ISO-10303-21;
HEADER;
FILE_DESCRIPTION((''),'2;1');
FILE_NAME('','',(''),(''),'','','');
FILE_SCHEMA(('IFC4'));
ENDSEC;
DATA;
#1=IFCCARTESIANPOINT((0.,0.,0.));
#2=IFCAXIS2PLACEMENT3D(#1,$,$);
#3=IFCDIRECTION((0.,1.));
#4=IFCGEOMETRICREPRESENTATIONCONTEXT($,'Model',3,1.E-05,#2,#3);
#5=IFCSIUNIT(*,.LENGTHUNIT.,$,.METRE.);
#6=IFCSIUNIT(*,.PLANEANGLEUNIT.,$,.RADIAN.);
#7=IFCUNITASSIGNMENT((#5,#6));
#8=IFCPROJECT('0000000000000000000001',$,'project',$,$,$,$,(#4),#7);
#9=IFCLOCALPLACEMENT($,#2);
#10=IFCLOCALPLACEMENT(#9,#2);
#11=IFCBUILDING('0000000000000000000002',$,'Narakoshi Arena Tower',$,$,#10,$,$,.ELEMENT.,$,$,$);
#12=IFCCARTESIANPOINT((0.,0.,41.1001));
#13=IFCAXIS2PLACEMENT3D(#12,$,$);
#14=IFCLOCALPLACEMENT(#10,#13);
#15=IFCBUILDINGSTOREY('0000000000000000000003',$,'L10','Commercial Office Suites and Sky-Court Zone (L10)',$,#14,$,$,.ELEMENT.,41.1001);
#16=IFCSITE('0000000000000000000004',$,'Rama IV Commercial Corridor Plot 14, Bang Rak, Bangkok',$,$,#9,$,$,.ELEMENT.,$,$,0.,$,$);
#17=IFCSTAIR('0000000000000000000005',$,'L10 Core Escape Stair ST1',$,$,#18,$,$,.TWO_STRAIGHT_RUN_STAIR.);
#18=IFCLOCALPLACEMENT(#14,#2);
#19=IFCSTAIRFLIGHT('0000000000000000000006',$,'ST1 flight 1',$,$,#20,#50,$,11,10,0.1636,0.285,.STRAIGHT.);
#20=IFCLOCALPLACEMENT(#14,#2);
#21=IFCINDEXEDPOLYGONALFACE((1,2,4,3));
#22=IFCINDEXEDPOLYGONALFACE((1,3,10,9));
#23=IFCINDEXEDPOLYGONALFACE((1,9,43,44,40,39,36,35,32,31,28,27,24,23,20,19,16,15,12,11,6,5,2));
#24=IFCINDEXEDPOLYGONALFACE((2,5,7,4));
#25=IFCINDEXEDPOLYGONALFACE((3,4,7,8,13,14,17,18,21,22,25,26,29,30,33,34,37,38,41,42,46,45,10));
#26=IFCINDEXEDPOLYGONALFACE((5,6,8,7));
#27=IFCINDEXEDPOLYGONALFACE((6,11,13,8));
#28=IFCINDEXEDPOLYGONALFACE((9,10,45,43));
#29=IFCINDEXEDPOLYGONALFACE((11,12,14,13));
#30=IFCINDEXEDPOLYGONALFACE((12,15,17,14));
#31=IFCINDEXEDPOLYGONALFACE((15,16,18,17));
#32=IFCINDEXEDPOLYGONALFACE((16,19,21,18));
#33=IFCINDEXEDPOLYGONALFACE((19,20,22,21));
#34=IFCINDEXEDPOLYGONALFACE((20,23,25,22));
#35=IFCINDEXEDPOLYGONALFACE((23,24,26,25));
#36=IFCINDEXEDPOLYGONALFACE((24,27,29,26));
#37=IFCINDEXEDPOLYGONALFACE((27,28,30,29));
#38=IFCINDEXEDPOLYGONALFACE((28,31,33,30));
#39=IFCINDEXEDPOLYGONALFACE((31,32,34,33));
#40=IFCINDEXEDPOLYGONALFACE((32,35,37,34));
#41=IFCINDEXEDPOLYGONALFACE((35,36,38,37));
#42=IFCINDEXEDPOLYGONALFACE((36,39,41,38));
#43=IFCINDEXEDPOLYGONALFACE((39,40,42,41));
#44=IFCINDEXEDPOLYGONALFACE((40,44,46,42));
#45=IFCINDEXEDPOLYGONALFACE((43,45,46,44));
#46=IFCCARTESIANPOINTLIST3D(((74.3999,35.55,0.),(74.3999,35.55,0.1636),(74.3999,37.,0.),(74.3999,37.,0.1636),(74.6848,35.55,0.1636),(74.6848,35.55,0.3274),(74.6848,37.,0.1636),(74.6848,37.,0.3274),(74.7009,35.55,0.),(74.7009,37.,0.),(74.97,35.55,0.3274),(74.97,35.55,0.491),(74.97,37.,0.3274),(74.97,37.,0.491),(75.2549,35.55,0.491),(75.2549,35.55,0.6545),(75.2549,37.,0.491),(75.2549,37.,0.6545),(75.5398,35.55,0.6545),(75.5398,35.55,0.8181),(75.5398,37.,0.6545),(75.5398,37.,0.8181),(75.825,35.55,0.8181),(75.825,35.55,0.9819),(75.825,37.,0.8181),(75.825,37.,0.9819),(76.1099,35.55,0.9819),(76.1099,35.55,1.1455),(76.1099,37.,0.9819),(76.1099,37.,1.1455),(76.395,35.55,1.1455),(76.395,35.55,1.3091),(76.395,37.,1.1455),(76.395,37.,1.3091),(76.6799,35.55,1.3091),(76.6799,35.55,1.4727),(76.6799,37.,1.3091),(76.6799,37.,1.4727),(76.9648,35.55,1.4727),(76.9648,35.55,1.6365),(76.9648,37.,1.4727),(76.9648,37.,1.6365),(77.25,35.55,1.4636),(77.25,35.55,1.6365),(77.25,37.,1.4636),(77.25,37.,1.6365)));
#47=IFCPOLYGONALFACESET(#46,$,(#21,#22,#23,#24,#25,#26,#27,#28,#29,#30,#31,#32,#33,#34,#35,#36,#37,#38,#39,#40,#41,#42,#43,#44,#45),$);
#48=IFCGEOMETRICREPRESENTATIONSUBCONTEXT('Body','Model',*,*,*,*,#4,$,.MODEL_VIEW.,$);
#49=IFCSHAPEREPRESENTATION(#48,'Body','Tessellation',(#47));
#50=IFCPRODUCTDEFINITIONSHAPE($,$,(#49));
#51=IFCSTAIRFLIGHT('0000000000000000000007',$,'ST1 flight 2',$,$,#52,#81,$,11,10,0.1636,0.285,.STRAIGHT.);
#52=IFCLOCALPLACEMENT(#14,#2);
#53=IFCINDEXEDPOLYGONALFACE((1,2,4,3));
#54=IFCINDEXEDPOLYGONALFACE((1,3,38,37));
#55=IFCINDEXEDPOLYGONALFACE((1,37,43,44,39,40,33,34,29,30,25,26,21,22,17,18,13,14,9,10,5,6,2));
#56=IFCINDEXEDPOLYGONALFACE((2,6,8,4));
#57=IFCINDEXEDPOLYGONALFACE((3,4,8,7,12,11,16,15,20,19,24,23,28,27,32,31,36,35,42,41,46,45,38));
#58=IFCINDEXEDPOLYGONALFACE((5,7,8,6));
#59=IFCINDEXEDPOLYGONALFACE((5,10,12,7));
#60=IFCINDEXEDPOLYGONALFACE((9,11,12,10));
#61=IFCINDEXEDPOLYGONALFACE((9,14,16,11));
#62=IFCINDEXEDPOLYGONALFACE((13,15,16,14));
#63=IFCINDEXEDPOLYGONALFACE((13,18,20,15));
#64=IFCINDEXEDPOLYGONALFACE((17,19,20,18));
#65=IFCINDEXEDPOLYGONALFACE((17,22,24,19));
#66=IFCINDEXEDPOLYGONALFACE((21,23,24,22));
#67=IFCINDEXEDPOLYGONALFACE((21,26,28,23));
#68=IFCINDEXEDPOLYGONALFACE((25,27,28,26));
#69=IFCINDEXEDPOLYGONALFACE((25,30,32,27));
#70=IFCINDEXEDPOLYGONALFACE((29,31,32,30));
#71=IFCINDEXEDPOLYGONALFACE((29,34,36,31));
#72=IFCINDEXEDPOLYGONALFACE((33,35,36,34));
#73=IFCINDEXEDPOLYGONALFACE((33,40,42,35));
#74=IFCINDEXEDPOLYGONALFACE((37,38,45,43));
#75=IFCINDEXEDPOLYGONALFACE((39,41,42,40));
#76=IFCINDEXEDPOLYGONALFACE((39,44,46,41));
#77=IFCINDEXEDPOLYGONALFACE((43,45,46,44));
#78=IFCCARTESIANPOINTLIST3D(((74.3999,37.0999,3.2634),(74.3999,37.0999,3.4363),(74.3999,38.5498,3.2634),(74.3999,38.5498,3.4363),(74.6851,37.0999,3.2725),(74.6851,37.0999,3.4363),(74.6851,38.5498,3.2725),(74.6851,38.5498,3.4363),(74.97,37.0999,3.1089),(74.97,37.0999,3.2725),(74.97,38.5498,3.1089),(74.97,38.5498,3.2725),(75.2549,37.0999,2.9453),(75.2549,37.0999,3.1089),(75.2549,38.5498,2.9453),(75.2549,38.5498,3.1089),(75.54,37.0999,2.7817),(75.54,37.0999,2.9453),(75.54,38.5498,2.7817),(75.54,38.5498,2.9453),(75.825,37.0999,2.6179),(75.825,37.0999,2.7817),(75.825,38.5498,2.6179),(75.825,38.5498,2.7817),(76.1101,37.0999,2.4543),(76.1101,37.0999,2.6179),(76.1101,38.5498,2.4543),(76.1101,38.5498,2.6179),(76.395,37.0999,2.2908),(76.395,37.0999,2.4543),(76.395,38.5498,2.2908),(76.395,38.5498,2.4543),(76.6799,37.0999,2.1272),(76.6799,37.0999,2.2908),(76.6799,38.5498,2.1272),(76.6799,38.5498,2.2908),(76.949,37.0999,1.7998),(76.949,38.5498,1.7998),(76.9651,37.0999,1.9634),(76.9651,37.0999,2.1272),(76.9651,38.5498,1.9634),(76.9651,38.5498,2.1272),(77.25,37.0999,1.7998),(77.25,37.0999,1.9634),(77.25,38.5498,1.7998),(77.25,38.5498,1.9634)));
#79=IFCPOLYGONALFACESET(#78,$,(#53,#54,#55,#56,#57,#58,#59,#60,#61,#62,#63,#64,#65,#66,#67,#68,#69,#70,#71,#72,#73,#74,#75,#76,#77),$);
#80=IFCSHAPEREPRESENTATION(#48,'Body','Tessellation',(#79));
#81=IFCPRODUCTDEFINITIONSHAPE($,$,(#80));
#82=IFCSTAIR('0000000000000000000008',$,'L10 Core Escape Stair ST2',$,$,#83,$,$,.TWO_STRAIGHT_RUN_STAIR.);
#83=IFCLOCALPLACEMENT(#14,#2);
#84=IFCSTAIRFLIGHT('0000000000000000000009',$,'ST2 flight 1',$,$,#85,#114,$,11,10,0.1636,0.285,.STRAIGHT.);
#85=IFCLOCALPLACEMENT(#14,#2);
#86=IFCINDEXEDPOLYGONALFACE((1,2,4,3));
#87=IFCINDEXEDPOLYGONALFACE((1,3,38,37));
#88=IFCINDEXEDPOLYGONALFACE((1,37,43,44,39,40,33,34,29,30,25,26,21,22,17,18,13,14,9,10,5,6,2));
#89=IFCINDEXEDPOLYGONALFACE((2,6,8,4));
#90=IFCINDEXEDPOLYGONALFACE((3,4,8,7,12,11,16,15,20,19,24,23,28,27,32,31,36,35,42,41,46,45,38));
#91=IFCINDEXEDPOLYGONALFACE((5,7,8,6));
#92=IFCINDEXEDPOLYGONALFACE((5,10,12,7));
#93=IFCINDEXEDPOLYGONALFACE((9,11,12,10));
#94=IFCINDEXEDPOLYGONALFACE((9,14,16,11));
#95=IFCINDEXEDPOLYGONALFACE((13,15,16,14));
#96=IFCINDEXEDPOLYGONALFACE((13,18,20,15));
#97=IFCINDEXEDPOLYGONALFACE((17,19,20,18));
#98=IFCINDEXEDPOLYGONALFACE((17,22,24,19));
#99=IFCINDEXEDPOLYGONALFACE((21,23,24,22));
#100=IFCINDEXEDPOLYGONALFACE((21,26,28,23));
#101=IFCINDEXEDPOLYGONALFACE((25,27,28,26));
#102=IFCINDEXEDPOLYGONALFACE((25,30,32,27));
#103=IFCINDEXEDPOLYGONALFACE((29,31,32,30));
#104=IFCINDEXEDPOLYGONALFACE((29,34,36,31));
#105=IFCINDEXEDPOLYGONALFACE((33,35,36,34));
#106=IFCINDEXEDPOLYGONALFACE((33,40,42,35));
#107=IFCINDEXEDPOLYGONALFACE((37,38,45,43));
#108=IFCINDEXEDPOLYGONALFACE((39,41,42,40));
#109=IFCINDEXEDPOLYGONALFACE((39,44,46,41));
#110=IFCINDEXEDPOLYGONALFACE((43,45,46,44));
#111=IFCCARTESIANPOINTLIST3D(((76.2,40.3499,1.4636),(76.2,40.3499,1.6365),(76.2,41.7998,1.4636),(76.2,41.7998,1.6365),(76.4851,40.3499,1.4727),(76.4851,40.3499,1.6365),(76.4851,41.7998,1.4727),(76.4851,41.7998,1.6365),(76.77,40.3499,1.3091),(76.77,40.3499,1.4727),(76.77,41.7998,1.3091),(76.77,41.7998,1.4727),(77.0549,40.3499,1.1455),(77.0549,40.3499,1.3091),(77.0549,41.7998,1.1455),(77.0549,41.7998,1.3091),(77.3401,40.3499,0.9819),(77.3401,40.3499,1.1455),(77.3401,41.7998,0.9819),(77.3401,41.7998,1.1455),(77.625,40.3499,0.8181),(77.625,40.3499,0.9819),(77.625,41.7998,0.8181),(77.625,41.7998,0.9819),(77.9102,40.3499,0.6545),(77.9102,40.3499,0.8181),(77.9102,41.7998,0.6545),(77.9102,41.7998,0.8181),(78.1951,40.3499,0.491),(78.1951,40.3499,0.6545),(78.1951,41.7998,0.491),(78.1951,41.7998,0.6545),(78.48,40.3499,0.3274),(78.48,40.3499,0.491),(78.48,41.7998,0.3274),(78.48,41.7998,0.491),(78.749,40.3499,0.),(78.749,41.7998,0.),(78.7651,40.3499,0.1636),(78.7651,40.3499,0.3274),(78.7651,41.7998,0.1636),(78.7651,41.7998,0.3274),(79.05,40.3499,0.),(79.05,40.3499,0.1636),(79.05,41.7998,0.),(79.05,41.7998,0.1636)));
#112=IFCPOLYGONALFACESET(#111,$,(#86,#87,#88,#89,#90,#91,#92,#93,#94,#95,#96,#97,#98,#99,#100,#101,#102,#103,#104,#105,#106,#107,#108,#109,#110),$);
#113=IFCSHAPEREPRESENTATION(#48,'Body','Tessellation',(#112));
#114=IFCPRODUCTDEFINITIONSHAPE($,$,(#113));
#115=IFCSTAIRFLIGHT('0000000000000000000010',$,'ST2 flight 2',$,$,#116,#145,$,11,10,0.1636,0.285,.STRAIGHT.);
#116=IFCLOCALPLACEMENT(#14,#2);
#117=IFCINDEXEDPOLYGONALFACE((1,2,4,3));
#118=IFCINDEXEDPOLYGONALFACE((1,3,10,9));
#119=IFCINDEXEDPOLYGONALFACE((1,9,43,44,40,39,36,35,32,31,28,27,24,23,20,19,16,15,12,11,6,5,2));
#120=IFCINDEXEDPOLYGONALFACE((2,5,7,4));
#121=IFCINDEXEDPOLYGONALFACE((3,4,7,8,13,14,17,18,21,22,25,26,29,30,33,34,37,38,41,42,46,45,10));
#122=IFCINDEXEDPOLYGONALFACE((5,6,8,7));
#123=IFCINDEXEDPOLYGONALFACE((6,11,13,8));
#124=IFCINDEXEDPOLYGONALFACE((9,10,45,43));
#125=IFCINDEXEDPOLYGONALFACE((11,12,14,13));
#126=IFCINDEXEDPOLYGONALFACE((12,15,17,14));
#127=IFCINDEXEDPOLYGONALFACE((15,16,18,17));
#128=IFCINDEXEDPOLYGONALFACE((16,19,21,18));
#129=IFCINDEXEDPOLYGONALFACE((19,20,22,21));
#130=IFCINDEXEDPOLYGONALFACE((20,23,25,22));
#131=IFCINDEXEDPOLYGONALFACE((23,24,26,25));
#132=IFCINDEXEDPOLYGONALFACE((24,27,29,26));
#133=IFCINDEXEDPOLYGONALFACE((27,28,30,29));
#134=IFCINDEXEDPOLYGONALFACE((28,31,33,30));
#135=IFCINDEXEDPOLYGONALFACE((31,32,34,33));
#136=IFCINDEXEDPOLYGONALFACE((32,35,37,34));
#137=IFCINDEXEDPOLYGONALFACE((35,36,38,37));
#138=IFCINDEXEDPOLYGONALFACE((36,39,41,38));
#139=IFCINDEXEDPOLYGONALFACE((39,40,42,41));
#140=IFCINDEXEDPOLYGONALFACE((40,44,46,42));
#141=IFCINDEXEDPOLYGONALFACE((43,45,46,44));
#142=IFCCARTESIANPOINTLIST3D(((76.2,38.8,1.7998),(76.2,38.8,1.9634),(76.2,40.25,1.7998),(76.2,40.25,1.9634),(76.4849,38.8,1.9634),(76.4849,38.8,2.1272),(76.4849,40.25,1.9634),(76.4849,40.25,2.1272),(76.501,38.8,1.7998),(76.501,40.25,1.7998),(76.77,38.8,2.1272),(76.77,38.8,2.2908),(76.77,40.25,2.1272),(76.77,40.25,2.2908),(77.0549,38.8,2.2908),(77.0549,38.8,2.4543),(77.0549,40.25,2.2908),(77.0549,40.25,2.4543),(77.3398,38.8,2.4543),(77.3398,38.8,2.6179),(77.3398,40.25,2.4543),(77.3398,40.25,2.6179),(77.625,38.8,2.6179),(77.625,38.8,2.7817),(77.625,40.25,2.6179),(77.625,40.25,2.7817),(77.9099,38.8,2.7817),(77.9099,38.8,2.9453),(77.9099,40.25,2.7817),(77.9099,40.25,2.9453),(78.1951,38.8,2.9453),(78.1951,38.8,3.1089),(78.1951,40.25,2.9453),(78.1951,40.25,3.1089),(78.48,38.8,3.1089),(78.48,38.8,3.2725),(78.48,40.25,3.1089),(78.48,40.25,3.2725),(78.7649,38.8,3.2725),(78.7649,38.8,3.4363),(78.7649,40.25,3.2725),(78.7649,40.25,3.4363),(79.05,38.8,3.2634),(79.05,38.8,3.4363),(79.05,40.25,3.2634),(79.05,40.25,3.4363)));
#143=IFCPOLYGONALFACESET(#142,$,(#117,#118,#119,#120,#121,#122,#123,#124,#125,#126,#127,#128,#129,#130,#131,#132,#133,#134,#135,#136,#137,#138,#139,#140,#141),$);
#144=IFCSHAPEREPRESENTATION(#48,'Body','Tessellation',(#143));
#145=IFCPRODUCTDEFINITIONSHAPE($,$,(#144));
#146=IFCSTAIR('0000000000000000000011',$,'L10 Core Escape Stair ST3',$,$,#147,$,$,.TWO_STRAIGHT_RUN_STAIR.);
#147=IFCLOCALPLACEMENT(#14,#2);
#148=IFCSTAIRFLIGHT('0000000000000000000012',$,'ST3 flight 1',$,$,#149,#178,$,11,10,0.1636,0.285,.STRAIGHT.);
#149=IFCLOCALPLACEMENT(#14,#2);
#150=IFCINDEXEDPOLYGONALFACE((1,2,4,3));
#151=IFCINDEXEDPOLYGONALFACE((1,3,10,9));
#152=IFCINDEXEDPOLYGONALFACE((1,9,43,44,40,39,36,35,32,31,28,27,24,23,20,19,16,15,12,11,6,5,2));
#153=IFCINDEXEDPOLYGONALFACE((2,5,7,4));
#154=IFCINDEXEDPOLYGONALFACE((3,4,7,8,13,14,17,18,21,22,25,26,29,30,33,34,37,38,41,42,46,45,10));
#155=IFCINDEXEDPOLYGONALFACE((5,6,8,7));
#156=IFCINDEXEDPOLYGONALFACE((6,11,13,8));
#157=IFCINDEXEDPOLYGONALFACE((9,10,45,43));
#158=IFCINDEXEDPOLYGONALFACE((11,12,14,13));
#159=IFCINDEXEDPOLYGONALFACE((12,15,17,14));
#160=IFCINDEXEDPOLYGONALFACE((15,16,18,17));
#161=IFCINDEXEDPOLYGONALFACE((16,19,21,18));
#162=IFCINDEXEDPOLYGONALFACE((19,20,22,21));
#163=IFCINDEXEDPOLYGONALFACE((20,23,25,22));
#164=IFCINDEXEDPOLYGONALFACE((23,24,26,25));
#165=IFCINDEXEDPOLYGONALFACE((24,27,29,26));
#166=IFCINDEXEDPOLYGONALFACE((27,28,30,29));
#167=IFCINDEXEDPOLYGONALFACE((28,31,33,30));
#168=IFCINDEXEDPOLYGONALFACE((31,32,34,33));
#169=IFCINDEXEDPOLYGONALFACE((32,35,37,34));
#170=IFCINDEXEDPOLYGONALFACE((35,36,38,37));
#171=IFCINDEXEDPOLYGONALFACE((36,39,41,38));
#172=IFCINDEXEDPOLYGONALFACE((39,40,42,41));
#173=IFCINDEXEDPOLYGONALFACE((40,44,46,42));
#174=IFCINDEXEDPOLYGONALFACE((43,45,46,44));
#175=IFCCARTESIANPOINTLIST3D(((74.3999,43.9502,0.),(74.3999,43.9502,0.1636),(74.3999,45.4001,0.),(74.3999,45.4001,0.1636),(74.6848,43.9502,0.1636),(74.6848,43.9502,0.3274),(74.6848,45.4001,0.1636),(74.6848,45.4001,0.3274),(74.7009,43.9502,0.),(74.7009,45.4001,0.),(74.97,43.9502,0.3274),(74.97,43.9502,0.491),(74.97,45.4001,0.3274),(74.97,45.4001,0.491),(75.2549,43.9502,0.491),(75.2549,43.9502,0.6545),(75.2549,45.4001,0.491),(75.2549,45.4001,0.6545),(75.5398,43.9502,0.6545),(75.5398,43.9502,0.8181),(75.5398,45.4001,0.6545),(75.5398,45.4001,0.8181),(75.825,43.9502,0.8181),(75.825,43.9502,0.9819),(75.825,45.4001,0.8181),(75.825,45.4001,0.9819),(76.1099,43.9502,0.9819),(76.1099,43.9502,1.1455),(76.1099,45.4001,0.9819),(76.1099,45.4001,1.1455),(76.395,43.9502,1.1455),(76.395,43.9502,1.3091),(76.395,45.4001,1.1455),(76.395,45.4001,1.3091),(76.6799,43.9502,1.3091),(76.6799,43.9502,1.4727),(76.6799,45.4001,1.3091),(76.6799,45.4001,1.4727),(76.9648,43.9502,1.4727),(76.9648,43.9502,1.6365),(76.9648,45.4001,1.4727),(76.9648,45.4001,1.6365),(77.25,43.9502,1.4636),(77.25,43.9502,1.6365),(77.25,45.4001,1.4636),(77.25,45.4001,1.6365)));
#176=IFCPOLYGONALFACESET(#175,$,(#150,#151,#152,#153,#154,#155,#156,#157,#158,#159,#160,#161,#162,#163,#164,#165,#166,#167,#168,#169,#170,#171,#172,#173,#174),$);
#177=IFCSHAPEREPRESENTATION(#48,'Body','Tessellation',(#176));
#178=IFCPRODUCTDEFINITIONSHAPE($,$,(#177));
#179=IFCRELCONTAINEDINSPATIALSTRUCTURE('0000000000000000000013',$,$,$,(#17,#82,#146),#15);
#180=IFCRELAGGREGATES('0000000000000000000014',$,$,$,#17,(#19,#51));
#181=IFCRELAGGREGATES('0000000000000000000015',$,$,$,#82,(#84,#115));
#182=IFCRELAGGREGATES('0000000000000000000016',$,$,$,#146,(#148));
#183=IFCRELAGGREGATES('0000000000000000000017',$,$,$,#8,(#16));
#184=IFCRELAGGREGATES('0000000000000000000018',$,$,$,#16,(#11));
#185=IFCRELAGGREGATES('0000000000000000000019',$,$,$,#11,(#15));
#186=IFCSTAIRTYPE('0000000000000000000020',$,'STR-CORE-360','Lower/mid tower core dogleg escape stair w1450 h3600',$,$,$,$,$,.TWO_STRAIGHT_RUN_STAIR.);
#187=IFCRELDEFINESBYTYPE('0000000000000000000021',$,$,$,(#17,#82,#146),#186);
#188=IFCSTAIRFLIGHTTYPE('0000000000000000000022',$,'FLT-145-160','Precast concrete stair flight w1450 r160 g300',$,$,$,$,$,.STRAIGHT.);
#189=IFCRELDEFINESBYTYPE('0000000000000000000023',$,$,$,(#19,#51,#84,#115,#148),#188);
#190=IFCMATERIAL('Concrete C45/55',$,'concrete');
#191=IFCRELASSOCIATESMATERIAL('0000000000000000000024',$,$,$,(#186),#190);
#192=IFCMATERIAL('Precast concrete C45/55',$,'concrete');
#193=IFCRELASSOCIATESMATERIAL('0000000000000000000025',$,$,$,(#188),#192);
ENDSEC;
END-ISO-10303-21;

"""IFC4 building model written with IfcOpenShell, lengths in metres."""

from ifc_helpers import new_model, si_unit, direction, frame, origin, place, context, subcontext, project, spatial, polyline, outline, extrude, material, type_object, element, aggregate, save


model = new_model("IFC4")

# Units and contexts
model_context = context("Model", 3, precision=1e-05, world=origin(), true_north=direction((0.0, 1.0)))
body_context = subcontext(model_context, "Body", "Model", "MODEL_VIEW")
ifc_project = project(units=[si_unit("LENGTHUNIT", "METRE"), si_unit("PLANEANGLEUNIT", "RADIAN")], contexts=[model_context])

# Site, building, storey
site_placement = place(None, origin())
site = spatial("IfcSite", under=ifc_project, at=site_placement, Name="Rama IV Commercial Corridor Plot 14, Bang Rak, Bangkok", CompositionType="ELEMENT", RefElevation=0.0)
building_placement = place(site_placement, origin())
building = spatial("IfcBuilding", under=site, at=building_placement, Name="Narakoshi Arena Tower", CompositionType="ELEMENT")
storey_placement = place(building_placement, frame((0.0, 0.0, 41.1001)))
storey = spatial("IfcBuildingStorey", under=building, at=storey_placement, Name="L10", Description="Commercial Office Suites and Sky-Court Zone (L10)", CompositionType="ELEMENT", Elevation=41.1001)

# Stairs, stair flights
ifc_material_1 = material(Name="Concrete C45/55", Category="concrete")
stair_type = type_object("IfcStairType", Name="STR-CORE-360", Description="Lower/mid tower core dogleg escape stair w1450 h3600", PredefinedType="TWO_STRAIGHT_RUN_STAIR", material=ifc_material_1)
stair_1_placement = place(storey_placement, origin())
stair_1 = element("IfcStair", 1, at=stair_1_placement, inside=storey, type_object=stair_type, Name="L10 Core Escape Stair ST1", PredefinedType="TWO_STRAIGHT_RUN_STAIR")
ifc_material_2 = material(Name="Precast concrete C45/55", Category="concrete")
stair_flight_type = type_object("IfcStairFlightType", Name="FLT-145-160", Description="Precast concrete stair flight w1450 r160 g300", PredefinedType="STRAIGHT", material=ifc_material_2)
stair_flight_1_placement = place(storey_placement, frame((74.3999, 36.2749, 0.0), z_axis=(0.0, 0.0, 1.0), x_axis=(1.0, 0.0, 0.0)))
stair_flight_1 = element("IfcStairFlight", 2, at=stair_flight_1_placement, type_object=stair_flight_type, Name="ST1 flight 1", NumberOfRisers=11, NumberOfTreads=10, PredefinedType="STRAIGHT", RiserHeight=0.1636, TreadLength=0.285, context=body_context, shape_type="SweptSolid", body=[
    extrude(outline(polyline([(0.0, 0.0), (0.0, 0.1636), (0.2849, 0.1636), (0.2849, 0.3274), (0.5701, 0.3274), (0.5701, 0.491), (0.855, 0.491), (0.855, 0.6545), (1.1399, 0.6545), (1.1399, 0.8181), (1.425, 0.8181), (1.425, 0.9819), (1.71, 0.9819), (1.71, 1.1455), (1.9951, 1.1455), (1.9951, 1.3091), (2.28, 1.3091), (2.28, 1.4727), (2.5649, 1.4727), (2.5649, 1.6365), (2.8501, 1.6365), (2.8501, 1.8), (2.8501, 1.4636), (0.301, 0.0), (0.0, 0.0)])), frame((0.0, 0.7251, 0.0), z_axis=(0.0, -1.0, 0.0), x_axis=(1.0, 0.0, 0.0)), (0.0, 0.0, 1.0), 1.45),
])
stair_flight_2_placement = place(storey_placement, frame((77.25, 37.825, 1.7998), z_axis=(0.0, 0.0, 1.0), x_axis=(-1.0, 0.0, 0.0)))
stair_flight_2 = element("IfcStairFlight", 3, at=stair_flight_2_placement, type_object=stair_flight_type, Name="ST1 flight 2", NumberOfRisers=11, NumberOfTreads=10, PredefinedType="STRAIGHT", RiserHeight=0.1636, TreadLength=0.285, context=body_context, shape_type="SweptSolid", body=[
    extrude(outline(polyline([(0.0, 0.0), (0.0, 0.1636), (0.2849, 0.1636), (0.2849, 0.3274), (0.5701, 0.3274), (0.5701, 0.491), (0.855, 0.491), (0.855, 0.6545), (1.1399, 0.6545), (1.1399, 0.8181), (1.425, 0.8181), (1.425, 0.9819), (1.71, 0.9819), (1.71, 1.1455), (1.9951, 1.1455), (1.9951, 1.3091), (2.28, 1.3091), (2.28, 1.4727), (2.5649, 1.4727), (2.5649, 1.6365), (2.8501, 1.6365), (2.8501, 1.8), (2.8501, 1.4636), (0.301, 0.0), (0.0, 0.0)])), frame((0.0, 0.7251, 0.0), z_axis=(0.0, -1.0, 0.0), x_axis=(1.0, 0.0, 0.0)), (0.0, 0.0, 1.0), 1.45),
])
aggregate(stair_1, [stair_flight_1, stair_flight_2])
stair_2_placement = place(storey_placement, origin())
stair_2 = element("IfcStair", 4, at=stair_2_placement, inside=storey, type_object=stair_type, Name="L10 Core Escape Stair ST2", PredefinedType="TWO_STRAIGHT_RUN_STAIR")
stair_flight_3_placement = place(storey_placement, frame((79.05, 41.075, 0.0), z_axis=(0.0, 0.0, 1.0), x_axis=(-1.0, 0.0, 0.0)))
stair_flight_3 = element("IfcStairFlight", 5, at=stair_flight_3_placement, type_object=stair_flight_type, Name="ST2 flight 1", NumberOfRisers=11, NumberOfTreads=10, PredefinedType="STRAIGHT", RiserHeight=0.1636, TreadLength=0.285, context=body_context, shape_type="SweptSolid", body=[
    extrude(outline(polyline([(0.0, 0.0), (0.0, 0.1636), (0.2849, 0.1636), (0.2849, 0.3274), (0.5701, 0.3274), (0.5701, 0.491), (0.855, 0.491), (0.855, 0.6545), (1.1399, 0.6545), (1.1399, 0.8181), (1.425, 0.8181), (1.425, 0.9819), (1.71, 0.9819), (1.71, 1.1455), (1.9951, 1.1455), (1.9951, 1.3091), (2.28, 1.3091), (2.28, 1.4727), (2.5649, 1.4727), (2.5649, 1.6365), (2.8501, 1.6365), (2.8501, 1.8), (2.8501, 1.4636), (0.301, 0.0), (0.0, 0.0)])), frame((0.0, 0.7251, 0.0), z_axis=(0.0, -1.0, 0.0), x_axis=(1.0, 0.0, 0.0)), (0.0, 0.0, 1.0), 1.45),
])
stair_flight_4_placement = place(storey_placement, frame((76.2, 39.5249, 1.7998), z_axis=(0.0, 0.0, 1.0), x_axis=(1.0, 0.0, 0.0)))
stair_flight_4 = element("IfcStairFlight", 6, at=stair_flight_4_placement, type_object=stair_flight_type, Name="ST2 flight 2", NumberOfRisers=11, NumberOfTreads=10, PredefinedType="STRAIGHT", RiserHeight=0.1636, TreadLength=0.285, context=body_context, shape_type="SweptSolid", body=[
    extrude(outline(polyline([(0.0, 0.0), (0.0, 0.1636), (0.2849, 0.1636), (0.2849, 0.3274), (0.5701, 0.3274), (0.5701, 0.491), (0.855, 0.491), (0.855, 0.6545), (1.1399, 0.6545), (1.1399, 0.8181), (1.425, 0.8181), (1.425, 0.9819), (1.71, 0.9819), (1.71, 1.1455), (1.9951, 1.1455), (1.9951, 1.3091), (2.28, 1.3091), (2.28, 1.4727), (2.5649, 1.4727), (2.5649, 1.6365), (2.8501, 1.6365), (2.8501, 1.8), (2.8501, 1.4636), (0.301, 0.0), (0.0, 0.0)])), frame((0.0, 0.7251, 0.0), z_axis=(0.0, -1.0, 0.0), x_axis=(1.0, 0.0, 0.0)), (0.0, 0.0, 1.0), 1.45),
])
aggregate(stair_2, [stair_flight_3, stair_flight_4])
stair_3_placement = place(storey_placement, origin())
stair_3 = element("IfcStair", 7, at=stair_3_placement, inside=storey, type_object=stair_type, Name="L10 Core Escape Stair ST3", PredefinedType="TWO_STRAIGHT_RUN_STAIR")
stair_flight_5_placement = place(storey_placement, frame((74.3999, 44.675, 0.0), z_axis=(0.0, 0.0, 1.0), x_axis=(1.0, 0.0, 0.0)))
stair_flight_5 = element("IfcStairFlight", 8, at=stair_flight_5_placement, type_object=stair_flight_type, Name="ST3 flight 1", NumberOfRisers=11, NumberOfTreads=10, PredefinedType="STRAIGHT", RiserHeight=0.1636, TreadLength=0.285, context=body_context, shape_type="SweptSolid", body=[
    extrude(outline(polyline([(0.0, 0.0), (0.0, 0.1636), (0.2849, 0.1636), (0.2849, 0.3274), (0.5701, 0.3274), (0.5701, 0.491), (0.855, 0.491), (0.855, 0.6545), (1.1399, 0.6545), (1.1399, 0.8181), (1.425, 0.8181), (1.425, 0.9819), (1.71, 0.9819), (1.71, 1.1455), (1.9951, 1.1455), (1.9951, 1.3091), (2.28, 1.3091), (2.28, 1.4727), (2.5649, 1.4727), (2.5649, 1.6365), (2.8501, 1.6365), (2.8501, 1.8), (2.8501, 1.4636), (0.301, 0.0), (0.0, 0.0)])), frame((0.0, 0.7251, 0.0), z_axis=(0.0, -1.0, 0.0), x_axis=(1.0, 0.0, 0.0)), (0.0, 0.0, 1.0), 1.45),
])
aggregate(stair_3, [stair_flight_5])

save(model, "model.ifc")
